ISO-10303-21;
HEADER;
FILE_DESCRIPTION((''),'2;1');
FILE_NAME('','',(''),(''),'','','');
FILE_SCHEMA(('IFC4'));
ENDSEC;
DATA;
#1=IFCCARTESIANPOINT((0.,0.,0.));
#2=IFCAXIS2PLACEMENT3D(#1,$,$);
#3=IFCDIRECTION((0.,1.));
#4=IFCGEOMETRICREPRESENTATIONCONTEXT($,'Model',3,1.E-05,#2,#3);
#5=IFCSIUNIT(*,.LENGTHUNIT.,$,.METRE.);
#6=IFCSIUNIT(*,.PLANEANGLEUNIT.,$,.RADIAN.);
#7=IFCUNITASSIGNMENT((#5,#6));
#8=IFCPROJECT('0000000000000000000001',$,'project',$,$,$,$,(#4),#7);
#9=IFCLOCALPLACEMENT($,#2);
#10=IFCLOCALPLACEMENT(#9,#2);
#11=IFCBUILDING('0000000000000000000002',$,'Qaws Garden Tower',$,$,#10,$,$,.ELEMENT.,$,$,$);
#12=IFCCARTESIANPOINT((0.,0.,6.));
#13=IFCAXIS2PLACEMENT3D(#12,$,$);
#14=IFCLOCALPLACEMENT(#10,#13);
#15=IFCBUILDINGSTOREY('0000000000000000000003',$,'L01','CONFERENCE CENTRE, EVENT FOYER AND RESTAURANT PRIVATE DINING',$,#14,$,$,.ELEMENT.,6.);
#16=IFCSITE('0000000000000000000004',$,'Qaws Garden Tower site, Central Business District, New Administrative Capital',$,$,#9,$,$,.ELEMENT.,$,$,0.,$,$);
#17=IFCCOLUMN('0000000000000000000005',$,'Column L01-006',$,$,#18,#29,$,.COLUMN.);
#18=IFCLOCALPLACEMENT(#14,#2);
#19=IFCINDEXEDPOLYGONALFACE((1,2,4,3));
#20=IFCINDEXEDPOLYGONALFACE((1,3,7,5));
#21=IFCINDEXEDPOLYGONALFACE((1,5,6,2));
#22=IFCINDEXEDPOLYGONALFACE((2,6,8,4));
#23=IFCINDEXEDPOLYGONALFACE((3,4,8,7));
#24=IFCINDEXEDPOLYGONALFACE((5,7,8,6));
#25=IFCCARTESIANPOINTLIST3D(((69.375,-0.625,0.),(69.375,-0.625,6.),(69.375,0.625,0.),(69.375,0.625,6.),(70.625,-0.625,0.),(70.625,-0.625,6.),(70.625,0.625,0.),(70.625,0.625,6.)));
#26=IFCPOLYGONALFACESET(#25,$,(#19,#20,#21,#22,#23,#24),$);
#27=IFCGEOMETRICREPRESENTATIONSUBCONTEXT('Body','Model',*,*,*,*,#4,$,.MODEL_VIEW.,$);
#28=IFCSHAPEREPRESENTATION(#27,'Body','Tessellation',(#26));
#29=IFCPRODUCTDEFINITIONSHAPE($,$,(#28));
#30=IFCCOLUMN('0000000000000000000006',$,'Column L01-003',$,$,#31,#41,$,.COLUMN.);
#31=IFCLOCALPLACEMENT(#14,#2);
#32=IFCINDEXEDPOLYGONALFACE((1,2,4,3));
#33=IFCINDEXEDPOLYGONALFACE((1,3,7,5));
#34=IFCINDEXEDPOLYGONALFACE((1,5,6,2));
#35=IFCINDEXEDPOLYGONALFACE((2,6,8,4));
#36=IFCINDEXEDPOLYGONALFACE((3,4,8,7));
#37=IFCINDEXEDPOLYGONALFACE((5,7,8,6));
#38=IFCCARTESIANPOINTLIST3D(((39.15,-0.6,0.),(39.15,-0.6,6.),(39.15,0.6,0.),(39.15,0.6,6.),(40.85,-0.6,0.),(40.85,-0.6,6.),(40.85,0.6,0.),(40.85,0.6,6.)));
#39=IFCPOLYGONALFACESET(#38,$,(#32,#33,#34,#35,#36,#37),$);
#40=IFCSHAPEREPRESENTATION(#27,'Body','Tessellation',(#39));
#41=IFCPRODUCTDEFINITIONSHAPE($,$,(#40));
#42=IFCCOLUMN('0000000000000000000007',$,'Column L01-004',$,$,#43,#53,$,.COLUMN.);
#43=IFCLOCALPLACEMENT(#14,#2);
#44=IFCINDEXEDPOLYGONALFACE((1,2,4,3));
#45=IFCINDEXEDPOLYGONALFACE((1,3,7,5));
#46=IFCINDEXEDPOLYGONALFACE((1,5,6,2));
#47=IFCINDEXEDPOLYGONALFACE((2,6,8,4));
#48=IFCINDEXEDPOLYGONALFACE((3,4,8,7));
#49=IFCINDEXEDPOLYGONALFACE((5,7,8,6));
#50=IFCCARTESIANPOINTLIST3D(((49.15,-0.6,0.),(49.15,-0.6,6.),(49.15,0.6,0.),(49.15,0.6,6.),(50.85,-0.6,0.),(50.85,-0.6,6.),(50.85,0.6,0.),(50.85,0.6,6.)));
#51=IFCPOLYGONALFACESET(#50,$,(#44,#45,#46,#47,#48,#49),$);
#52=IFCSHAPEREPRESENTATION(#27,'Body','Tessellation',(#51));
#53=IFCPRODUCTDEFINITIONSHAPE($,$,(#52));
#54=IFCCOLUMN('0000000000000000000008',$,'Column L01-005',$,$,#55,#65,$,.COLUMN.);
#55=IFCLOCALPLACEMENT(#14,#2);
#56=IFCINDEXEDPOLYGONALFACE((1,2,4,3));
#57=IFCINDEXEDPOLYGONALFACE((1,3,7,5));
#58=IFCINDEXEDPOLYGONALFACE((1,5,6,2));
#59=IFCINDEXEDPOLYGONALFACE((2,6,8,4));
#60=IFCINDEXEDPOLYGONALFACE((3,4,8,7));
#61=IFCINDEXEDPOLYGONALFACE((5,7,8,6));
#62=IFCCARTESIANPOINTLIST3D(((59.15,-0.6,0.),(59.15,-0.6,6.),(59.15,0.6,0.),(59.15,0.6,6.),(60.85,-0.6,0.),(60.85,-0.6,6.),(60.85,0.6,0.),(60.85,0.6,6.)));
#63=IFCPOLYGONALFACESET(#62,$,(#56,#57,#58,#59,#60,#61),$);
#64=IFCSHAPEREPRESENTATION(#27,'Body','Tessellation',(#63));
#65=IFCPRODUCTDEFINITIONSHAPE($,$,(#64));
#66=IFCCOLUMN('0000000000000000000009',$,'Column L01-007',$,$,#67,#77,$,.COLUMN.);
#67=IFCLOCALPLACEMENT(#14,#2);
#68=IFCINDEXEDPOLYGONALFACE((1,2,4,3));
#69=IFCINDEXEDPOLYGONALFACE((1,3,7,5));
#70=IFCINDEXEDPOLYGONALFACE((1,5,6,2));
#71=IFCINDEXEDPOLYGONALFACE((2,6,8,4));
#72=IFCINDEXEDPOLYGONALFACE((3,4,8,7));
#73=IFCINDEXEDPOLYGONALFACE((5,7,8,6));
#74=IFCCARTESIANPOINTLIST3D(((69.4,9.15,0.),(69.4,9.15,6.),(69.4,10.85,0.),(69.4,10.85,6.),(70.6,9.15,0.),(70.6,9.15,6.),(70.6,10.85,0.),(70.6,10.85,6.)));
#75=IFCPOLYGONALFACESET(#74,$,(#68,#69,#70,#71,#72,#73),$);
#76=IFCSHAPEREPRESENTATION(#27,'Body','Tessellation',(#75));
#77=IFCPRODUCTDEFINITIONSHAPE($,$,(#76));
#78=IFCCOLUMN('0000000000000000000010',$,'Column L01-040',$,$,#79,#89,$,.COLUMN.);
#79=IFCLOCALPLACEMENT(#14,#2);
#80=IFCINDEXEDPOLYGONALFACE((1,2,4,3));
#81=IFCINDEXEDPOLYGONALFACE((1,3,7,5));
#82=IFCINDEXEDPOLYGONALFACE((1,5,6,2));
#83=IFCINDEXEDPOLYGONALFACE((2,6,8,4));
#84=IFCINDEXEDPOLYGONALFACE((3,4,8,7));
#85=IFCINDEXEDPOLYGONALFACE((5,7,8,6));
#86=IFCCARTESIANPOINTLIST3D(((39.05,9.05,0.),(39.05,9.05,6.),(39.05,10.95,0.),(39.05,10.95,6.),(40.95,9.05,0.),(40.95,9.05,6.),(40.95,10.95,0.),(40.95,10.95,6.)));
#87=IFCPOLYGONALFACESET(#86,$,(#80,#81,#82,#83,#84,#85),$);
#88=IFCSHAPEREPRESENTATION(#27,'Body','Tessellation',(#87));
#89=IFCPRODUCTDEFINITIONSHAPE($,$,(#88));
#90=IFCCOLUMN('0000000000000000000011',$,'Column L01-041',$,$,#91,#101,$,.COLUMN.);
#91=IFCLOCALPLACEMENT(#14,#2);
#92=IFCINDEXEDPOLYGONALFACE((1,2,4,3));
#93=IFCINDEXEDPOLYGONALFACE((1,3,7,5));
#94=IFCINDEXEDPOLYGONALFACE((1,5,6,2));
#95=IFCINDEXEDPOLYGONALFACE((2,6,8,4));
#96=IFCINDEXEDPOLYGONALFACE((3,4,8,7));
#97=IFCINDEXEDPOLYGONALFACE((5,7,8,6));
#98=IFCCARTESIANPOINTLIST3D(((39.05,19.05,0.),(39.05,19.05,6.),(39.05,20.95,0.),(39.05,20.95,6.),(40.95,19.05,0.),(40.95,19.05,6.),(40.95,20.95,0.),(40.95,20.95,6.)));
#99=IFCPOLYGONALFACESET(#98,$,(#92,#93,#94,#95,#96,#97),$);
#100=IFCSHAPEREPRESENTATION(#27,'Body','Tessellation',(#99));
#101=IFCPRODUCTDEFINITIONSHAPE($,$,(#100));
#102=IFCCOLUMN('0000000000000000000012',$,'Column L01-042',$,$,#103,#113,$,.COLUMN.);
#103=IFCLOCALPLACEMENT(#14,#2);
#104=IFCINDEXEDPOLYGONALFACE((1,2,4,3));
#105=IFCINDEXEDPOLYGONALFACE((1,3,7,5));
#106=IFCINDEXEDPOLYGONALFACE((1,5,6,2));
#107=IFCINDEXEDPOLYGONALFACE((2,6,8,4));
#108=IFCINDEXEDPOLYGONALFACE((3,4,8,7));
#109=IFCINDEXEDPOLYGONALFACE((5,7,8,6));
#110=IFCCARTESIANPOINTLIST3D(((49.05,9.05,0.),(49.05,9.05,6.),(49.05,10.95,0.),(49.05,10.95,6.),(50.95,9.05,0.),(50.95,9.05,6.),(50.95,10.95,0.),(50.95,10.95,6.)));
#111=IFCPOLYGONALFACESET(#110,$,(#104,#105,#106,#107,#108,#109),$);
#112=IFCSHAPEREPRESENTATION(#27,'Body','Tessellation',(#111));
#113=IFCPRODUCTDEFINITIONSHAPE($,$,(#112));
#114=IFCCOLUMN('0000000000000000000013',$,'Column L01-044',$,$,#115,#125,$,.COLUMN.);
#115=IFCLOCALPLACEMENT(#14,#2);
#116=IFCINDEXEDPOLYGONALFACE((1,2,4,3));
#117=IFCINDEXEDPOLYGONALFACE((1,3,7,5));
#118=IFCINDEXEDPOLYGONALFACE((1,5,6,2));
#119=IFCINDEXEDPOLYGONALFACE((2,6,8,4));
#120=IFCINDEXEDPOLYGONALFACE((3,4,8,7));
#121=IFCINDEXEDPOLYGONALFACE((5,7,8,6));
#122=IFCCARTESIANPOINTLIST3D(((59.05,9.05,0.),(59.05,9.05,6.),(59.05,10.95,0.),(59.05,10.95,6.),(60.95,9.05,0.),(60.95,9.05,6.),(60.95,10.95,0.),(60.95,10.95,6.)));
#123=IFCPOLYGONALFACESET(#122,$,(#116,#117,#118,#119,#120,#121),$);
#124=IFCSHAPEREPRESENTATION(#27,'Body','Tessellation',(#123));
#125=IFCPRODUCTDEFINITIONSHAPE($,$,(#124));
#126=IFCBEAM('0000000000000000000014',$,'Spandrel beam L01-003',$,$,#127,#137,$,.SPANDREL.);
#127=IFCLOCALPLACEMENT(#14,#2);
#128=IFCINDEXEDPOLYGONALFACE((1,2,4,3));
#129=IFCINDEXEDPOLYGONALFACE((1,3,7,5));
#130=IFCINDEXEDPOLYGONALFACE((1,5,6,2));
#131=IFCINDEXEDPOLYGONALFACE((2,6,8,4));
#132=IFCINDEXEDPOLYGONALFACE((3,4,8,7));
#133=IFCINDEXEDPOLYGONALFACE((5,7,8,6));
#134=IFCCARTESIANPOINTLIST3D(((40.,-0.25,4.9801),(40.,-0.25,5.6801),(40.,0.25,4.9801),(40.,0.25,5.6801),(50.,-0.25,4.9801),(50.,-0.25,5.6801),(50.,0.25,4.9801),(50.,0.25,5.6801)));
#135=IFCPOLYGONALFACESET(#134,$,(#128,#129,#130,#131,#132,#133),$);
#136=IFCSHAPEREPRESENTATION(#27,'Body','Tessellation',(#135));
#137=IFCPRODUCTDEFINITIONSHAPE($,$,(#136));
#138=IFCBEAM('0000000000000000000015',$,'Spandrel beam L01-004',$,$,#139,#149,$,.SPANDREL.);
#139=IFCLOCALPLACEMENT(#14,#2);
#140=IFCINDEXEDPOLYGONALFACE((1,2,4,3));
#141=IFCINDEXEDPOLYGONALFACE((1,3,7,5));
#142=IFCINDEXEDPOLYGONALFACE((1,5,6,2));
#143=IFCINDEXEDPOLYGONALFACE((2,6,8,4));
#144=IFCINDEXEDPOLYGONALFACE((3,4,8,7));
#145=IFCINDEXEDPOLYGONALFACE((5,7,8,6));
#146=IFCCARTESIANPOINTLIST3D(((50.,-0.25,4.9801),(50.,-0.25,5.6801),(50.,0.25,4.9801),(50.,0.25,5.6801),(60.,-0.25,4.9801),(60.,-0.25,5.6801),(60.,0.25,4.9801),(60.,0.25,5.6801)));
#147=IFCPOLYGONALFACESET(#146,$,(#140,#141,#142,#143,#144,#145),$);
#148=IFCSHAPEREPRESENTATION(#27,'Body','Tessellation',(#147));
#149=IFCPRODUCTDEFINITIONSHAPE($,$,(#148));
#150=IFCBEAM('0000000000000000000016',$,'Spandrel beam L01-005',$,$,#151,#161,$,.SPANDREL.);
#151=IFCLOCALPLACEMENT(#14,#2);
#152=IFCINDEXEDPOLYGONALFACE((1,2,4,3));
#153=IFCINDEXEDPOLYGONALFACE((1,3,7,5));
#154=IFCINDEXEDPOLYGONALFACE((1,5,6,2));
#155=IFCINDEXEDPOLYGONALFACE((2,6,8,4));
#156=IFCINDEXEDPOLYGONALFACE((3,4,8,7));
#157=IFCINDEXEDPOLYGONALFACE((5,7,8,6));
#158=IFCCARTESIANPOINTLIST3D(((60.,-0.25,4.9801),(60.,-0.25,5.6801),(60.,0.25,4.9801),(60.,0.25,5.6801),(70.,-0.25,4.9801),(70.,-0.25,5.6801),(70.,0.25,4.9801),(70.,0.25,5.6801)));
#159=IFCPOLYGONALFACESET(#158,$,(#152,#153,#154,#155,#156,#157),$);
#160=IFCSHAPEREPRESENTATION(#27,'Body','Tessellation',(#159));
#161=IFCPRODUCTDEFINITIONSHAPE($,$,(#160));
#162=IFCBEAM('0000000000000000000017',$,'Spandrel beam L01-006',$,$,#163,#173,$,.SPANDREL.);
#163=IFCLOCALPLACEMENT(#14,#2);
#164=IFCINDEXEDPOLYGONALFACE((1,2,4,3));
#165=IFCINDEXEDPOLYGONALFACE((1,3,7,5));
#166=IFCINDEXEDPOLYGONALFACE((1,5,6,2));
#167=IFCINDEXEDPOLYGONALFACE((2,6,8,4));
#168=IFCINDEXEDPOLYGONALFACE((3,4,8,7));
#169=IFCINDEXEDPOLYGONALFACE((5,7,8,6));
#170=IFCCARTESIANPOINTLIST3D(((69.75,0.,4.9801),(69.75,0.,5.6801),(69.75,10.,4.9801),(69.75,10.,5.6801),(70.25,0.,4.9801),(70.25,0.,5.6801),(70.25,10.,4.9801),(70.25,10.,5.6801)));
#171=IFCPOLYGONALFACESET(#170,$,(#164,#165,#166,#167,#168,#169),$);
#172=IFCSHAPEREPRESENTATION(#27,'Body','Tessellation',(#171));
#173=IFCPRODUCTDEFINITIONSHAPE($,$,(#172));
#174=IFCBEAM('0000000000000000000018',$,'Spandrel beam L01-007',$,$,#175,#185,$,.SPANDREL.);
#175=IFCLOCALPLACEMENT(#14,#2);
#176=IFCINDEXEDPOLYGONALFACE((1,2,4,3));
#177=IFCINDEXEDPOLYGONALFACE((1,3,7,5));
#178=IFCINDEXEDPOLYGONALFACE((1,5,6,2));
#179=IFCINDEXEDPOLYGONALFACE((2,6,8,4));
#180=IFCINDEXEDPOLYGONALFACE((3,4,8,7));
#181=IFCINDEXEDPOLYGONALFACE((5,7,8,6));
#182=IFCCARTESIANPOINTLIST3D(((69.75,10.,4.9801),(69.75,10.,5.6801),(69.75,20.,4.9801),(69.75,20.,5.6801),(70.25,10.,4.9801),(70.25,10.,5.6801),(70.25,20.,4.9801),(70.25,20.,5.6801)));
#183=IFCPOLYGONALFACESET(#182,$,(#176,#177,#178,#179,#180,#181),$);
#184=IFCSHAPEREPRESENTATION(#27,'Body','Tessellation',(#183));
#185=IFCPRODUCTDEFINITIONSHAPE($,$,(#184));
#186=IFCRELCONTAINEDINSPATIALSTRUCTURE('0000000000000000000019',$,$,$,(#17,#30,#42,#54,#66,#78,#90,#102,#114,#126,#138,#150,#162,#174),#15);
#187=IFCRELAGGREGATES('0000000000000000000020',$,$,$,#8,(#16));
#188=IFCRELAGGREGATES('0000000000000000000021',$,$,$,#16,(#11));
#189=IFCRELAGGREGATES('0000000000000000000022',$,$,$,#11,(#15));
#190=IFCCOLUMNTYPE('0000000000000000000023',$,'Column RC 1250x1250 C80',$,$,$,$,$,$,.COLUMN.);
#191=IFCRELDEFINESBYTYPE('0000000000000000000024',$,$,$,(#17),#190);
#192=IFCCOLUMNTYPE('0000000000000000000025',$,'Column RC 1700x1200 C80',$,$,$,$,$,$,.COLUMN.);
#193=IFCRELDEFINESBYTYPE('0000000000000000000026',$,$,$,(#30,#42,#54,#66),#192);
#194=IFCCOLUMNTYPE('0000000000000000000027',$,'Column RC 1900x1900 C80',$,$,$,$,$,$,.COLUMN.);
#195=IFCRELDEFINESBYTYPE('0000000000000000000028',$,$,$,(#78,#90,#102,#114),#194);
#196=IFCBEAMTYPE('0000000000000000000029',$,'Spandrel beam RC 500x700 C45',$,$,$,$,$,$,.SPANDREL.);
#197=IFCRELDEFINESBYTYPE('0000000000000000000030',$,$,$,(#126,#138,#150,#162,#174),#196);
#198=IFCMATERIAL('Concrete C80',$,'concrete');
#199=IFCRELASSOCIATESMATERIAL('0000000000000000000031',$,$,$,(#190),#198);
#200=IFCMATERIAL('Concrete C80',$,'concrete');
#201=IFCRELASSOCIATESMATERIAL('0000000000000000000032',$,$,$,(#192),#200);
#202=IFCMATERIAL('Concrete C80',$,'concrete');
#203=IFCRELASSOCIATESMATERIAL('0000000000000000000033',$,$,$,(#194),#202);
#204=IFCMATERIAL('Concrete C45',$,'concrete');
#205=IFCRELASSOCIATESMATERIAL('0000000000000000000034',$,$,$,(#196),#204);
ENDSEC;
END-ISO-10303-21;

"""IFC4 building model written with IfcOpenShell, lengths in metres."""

from ifc_helpers import new_model, si_unit, direction, frame, origin, origin_2d, place, context, subcontext, project, spatial, rectangle, extrude, material, material_profile, profile_set, type_object, element, save


model = new_model("IFC4")

# Units and contexts
model_context = context("Model", 3, precision=1e-05, world=origin(), true_north=direction((0.0, 1.0)))
body_context = subcontext(model_context, "Body", "Model", "MODEL_VIEW")
ifc_project = project(units=[si_unit("LENGTHUNIT", "METRE"), si_unit("PLANEANGLEUNIT", "RADIAN")], contexts=[model_context])

# Site, building, storey
site_placement = place(None, origin())
site = spatial("IfcSite", under=ifc_project, at=site_placement, Name="Qaws Garden Tower site, Central Business District, New Administrative Capital", CompositionType="ELEMENT", RefElevation=0.0)
building_placement = place(site_placement, origin())
building = spatial("IfcBuilding", under=site, at=building_placement, Name="Qaws Garden Tower", CompositionType="ELEMENT")
storey_placement = place(building_placement, frame((0.0, 0.0, 6.0)))
storey = spatial("IfcBuildingStorey", under=building, at=storey_placement, Name="L01", Description="CONFERENCE CENTRE, EVENT FOYER AND RESTAURANT PRIVATE DINING", CompositionType="ELEMENT", Elevation=6.0)

# Columns
ifc_material_1 = material(Name="Concrete C80", Category="concrete")
ifc_material_profile_1 = material_profile(ifc_material_1, rectangle(XDim=1.25, YDim=1.25, at=origin_2d()), Name="RC 1250x1250")
ifc_profile_set_1 = profile_set([ifc_material_profile_1], Name="Concrete C80")
column_type_1 = type_object("IfcColumnType", Name="Column RC 1250x1250 C80", PredefinedType="COLUMN", material=ifc_profile_set_1)
column_placement = place(storey_placement, frame((70.0, 0.0, 0.0), z_axis=(0.0, 0.0, 1.0), x_axis=(1.0, 0.0, 0.0)))
element("IfcColumn", 1, at=column_placement, inside=storey, type_object=column_type_1, Name="Column L01-006", PredefinedType="COLUMN", context=body_context, shape_type="SweptSolid", body=[
    extrude(rectangle(XDim=1.25, YDim=1.25, at=origin_2d()), origin(), (0.0, 0.0, 1.0), 6.0),
])
ifc_material_2 = material(Name="Concrete C80", Category="concrete")
ifc_material_profile_2 = material_profile(ifc_material_2, rectangle(XDim=1.7, YDim=1.2, at=origin_2d()), Name="RC 1700x1200")
ifc_profile_set_2 = profile_set([ifc_material_profile_2], Name="Concrete C80")
column_type_2 = type_object("IfcColumnType", Name="Column RC 1700x1200 C80", PredefinedType="COLUMN", material=ifc_profile_set_2)
for number, where, z_axis, x_axis, name in (
    (2, (40.0, 0.0, 0.0), (0.0, 0.0, 1.0), (1.0, 0.0, 0.0), "Column L01-003"),
    (3, (50.0, 0.0, 0.0), (0.0, 0.0, 1.0), (1.0, 0.0, 0.0), "Column L01-004"),
    (4, (60.0, 0.0, 0.0), (0.0, 0.0, 1.0), (1.0, 0.0, 0.0), "Column L01-005"),
    (5, (70.0, 10.0, 0.0), (0.0, 0.0, 1.0), (0.0, 1.0, 0.0), "Column L01-007"),
):
    element("IfcColumn", number, at=place(storey_placement, frame(where, z_axis=z_axis, x_axis=x_axis)), inside=storey, type_object=column_type_2, Name=name, PredefinedType="COLUMN", context=body_context, shape_type="SweptSolid", body=[
        extrude(rectangle(XDim=1.7, YDim=1.2, at=origin_2d()), origin(), (0.0, 0.0, 1.0), 6.0),
    ])
ifc_material_3 = material(Name="Concrete C80", Category="concrete")
ifc_material_profile_3 = material_profile(ifc_material_3, rectangle(XDim=1.8999, YDim=1.8999, at=origin_2d()), Name="RC 1900x1900")
ifc_profile_set_3 = profile_set([ifc_material_profile_3], Name="Concrete C80")
column_type_3 = type_object("IfcColumnType", Name="Column RC 1900x1900 C80", PredefinedType="COLUMN", material=ifc_profile_set_3)
for number, where, z_axis, x_axis, name in (
    (6, (40.0, 10.0, 0.0), (0.0, 0.0, 1.0), (1.0, 0.0, 0.0), "Column L01-040"),
    (7, (40.0, 20.0, 0.0), (0.0, 0.0, 1.0), (1.0, 0.0, 0.0), "Column L01-041"),
    (8, (50.0, 10.0, 0.0), (0.0, 0.0, 1.0), (1.0, 0.0, 0.0), "Column L01-042"),
    (9, (60.0, 10.0, 0.0), (0.0, 0.0, 1.0), (1.0, 0.0, 0.0), "Column L01-044"),
):
    element("IfcColumn", number, at=place(storey_placement, frame(where, z_axis=z_axis, x_axis=x_axis)), inside=storey, type_object=column_type_3, Name=name, PredefinedType="COLUMN", context=body_context, shape_type="SweptSolid", body=[
        extrude(rectangle(XDim=1.8999, YDim=1.8999, at=origin_2d()), origin(), (0.0, 0.0, 1.0), 6.0),
    ])

# Beams
ifc_material_4 = material(Name="Concrete C45", Category="concrete")
ifc_material_profile_4 = material_profile(ifc_material_4, rectangle(XDim=0.5, YDim=0.7, at=origin_2d()), Name="RC 500x700")
ifc_profile_set_4 = profile_set([ifc_material_profile_4], Name="Concrete C45")
beam_type = type_object("IfcBeamType", Name="Spandrel beam RC 500x700 C45", PredefinedType="SPANDREL", material=ifc_profile_set_4)
for number, where, z_axis, x_axis, name in (
    (10, (40.0, 0.0, 5.3301), (1.0, 0.0, 0.0), (0.0, 1.0, 0.0), "Spandrel beam L01-003"),
    (11, (50.0, 0.0, 5.3301), (1.0, 0.0, 0.0), (0.0, 1.0, 0.0), "Spandrel beam L01-004"),
    (12, (60.0, 0.0, 5.3301), (1.0, 0.0, 0.0), (0.0, 1.0, 0.0), "Spandrel beam L01-005"),
    (13, (70.0, 0.0, 5.3301), (0.0, 1.0, 0.0), (-1.0, 0.0, 0.0), "Spandrel beam L01-006"),
    (14, (70.0, 10.0, 5.3301), (0.0, 1.0, 0.0), (-1.0, 0.0, 0.0), "Spandrel beam L01-007"),
):
    element("IfcBeam", number, at=place(storey_placement, frame(where, z_axis=z_axis, x_axis=x_axis)), inside=storey, type_object=beam_type, Name=name, PredefinedType="SPANDREL", context=body_context, shape_type="SweptSolid", body=[
        extrude(rectangle(XDim=0.5, YDim=0.7, at=origin_2d()), origin(), (0.0, 0.0, 1.0), 10.0),
    ])

save(model, "model.ifc")
